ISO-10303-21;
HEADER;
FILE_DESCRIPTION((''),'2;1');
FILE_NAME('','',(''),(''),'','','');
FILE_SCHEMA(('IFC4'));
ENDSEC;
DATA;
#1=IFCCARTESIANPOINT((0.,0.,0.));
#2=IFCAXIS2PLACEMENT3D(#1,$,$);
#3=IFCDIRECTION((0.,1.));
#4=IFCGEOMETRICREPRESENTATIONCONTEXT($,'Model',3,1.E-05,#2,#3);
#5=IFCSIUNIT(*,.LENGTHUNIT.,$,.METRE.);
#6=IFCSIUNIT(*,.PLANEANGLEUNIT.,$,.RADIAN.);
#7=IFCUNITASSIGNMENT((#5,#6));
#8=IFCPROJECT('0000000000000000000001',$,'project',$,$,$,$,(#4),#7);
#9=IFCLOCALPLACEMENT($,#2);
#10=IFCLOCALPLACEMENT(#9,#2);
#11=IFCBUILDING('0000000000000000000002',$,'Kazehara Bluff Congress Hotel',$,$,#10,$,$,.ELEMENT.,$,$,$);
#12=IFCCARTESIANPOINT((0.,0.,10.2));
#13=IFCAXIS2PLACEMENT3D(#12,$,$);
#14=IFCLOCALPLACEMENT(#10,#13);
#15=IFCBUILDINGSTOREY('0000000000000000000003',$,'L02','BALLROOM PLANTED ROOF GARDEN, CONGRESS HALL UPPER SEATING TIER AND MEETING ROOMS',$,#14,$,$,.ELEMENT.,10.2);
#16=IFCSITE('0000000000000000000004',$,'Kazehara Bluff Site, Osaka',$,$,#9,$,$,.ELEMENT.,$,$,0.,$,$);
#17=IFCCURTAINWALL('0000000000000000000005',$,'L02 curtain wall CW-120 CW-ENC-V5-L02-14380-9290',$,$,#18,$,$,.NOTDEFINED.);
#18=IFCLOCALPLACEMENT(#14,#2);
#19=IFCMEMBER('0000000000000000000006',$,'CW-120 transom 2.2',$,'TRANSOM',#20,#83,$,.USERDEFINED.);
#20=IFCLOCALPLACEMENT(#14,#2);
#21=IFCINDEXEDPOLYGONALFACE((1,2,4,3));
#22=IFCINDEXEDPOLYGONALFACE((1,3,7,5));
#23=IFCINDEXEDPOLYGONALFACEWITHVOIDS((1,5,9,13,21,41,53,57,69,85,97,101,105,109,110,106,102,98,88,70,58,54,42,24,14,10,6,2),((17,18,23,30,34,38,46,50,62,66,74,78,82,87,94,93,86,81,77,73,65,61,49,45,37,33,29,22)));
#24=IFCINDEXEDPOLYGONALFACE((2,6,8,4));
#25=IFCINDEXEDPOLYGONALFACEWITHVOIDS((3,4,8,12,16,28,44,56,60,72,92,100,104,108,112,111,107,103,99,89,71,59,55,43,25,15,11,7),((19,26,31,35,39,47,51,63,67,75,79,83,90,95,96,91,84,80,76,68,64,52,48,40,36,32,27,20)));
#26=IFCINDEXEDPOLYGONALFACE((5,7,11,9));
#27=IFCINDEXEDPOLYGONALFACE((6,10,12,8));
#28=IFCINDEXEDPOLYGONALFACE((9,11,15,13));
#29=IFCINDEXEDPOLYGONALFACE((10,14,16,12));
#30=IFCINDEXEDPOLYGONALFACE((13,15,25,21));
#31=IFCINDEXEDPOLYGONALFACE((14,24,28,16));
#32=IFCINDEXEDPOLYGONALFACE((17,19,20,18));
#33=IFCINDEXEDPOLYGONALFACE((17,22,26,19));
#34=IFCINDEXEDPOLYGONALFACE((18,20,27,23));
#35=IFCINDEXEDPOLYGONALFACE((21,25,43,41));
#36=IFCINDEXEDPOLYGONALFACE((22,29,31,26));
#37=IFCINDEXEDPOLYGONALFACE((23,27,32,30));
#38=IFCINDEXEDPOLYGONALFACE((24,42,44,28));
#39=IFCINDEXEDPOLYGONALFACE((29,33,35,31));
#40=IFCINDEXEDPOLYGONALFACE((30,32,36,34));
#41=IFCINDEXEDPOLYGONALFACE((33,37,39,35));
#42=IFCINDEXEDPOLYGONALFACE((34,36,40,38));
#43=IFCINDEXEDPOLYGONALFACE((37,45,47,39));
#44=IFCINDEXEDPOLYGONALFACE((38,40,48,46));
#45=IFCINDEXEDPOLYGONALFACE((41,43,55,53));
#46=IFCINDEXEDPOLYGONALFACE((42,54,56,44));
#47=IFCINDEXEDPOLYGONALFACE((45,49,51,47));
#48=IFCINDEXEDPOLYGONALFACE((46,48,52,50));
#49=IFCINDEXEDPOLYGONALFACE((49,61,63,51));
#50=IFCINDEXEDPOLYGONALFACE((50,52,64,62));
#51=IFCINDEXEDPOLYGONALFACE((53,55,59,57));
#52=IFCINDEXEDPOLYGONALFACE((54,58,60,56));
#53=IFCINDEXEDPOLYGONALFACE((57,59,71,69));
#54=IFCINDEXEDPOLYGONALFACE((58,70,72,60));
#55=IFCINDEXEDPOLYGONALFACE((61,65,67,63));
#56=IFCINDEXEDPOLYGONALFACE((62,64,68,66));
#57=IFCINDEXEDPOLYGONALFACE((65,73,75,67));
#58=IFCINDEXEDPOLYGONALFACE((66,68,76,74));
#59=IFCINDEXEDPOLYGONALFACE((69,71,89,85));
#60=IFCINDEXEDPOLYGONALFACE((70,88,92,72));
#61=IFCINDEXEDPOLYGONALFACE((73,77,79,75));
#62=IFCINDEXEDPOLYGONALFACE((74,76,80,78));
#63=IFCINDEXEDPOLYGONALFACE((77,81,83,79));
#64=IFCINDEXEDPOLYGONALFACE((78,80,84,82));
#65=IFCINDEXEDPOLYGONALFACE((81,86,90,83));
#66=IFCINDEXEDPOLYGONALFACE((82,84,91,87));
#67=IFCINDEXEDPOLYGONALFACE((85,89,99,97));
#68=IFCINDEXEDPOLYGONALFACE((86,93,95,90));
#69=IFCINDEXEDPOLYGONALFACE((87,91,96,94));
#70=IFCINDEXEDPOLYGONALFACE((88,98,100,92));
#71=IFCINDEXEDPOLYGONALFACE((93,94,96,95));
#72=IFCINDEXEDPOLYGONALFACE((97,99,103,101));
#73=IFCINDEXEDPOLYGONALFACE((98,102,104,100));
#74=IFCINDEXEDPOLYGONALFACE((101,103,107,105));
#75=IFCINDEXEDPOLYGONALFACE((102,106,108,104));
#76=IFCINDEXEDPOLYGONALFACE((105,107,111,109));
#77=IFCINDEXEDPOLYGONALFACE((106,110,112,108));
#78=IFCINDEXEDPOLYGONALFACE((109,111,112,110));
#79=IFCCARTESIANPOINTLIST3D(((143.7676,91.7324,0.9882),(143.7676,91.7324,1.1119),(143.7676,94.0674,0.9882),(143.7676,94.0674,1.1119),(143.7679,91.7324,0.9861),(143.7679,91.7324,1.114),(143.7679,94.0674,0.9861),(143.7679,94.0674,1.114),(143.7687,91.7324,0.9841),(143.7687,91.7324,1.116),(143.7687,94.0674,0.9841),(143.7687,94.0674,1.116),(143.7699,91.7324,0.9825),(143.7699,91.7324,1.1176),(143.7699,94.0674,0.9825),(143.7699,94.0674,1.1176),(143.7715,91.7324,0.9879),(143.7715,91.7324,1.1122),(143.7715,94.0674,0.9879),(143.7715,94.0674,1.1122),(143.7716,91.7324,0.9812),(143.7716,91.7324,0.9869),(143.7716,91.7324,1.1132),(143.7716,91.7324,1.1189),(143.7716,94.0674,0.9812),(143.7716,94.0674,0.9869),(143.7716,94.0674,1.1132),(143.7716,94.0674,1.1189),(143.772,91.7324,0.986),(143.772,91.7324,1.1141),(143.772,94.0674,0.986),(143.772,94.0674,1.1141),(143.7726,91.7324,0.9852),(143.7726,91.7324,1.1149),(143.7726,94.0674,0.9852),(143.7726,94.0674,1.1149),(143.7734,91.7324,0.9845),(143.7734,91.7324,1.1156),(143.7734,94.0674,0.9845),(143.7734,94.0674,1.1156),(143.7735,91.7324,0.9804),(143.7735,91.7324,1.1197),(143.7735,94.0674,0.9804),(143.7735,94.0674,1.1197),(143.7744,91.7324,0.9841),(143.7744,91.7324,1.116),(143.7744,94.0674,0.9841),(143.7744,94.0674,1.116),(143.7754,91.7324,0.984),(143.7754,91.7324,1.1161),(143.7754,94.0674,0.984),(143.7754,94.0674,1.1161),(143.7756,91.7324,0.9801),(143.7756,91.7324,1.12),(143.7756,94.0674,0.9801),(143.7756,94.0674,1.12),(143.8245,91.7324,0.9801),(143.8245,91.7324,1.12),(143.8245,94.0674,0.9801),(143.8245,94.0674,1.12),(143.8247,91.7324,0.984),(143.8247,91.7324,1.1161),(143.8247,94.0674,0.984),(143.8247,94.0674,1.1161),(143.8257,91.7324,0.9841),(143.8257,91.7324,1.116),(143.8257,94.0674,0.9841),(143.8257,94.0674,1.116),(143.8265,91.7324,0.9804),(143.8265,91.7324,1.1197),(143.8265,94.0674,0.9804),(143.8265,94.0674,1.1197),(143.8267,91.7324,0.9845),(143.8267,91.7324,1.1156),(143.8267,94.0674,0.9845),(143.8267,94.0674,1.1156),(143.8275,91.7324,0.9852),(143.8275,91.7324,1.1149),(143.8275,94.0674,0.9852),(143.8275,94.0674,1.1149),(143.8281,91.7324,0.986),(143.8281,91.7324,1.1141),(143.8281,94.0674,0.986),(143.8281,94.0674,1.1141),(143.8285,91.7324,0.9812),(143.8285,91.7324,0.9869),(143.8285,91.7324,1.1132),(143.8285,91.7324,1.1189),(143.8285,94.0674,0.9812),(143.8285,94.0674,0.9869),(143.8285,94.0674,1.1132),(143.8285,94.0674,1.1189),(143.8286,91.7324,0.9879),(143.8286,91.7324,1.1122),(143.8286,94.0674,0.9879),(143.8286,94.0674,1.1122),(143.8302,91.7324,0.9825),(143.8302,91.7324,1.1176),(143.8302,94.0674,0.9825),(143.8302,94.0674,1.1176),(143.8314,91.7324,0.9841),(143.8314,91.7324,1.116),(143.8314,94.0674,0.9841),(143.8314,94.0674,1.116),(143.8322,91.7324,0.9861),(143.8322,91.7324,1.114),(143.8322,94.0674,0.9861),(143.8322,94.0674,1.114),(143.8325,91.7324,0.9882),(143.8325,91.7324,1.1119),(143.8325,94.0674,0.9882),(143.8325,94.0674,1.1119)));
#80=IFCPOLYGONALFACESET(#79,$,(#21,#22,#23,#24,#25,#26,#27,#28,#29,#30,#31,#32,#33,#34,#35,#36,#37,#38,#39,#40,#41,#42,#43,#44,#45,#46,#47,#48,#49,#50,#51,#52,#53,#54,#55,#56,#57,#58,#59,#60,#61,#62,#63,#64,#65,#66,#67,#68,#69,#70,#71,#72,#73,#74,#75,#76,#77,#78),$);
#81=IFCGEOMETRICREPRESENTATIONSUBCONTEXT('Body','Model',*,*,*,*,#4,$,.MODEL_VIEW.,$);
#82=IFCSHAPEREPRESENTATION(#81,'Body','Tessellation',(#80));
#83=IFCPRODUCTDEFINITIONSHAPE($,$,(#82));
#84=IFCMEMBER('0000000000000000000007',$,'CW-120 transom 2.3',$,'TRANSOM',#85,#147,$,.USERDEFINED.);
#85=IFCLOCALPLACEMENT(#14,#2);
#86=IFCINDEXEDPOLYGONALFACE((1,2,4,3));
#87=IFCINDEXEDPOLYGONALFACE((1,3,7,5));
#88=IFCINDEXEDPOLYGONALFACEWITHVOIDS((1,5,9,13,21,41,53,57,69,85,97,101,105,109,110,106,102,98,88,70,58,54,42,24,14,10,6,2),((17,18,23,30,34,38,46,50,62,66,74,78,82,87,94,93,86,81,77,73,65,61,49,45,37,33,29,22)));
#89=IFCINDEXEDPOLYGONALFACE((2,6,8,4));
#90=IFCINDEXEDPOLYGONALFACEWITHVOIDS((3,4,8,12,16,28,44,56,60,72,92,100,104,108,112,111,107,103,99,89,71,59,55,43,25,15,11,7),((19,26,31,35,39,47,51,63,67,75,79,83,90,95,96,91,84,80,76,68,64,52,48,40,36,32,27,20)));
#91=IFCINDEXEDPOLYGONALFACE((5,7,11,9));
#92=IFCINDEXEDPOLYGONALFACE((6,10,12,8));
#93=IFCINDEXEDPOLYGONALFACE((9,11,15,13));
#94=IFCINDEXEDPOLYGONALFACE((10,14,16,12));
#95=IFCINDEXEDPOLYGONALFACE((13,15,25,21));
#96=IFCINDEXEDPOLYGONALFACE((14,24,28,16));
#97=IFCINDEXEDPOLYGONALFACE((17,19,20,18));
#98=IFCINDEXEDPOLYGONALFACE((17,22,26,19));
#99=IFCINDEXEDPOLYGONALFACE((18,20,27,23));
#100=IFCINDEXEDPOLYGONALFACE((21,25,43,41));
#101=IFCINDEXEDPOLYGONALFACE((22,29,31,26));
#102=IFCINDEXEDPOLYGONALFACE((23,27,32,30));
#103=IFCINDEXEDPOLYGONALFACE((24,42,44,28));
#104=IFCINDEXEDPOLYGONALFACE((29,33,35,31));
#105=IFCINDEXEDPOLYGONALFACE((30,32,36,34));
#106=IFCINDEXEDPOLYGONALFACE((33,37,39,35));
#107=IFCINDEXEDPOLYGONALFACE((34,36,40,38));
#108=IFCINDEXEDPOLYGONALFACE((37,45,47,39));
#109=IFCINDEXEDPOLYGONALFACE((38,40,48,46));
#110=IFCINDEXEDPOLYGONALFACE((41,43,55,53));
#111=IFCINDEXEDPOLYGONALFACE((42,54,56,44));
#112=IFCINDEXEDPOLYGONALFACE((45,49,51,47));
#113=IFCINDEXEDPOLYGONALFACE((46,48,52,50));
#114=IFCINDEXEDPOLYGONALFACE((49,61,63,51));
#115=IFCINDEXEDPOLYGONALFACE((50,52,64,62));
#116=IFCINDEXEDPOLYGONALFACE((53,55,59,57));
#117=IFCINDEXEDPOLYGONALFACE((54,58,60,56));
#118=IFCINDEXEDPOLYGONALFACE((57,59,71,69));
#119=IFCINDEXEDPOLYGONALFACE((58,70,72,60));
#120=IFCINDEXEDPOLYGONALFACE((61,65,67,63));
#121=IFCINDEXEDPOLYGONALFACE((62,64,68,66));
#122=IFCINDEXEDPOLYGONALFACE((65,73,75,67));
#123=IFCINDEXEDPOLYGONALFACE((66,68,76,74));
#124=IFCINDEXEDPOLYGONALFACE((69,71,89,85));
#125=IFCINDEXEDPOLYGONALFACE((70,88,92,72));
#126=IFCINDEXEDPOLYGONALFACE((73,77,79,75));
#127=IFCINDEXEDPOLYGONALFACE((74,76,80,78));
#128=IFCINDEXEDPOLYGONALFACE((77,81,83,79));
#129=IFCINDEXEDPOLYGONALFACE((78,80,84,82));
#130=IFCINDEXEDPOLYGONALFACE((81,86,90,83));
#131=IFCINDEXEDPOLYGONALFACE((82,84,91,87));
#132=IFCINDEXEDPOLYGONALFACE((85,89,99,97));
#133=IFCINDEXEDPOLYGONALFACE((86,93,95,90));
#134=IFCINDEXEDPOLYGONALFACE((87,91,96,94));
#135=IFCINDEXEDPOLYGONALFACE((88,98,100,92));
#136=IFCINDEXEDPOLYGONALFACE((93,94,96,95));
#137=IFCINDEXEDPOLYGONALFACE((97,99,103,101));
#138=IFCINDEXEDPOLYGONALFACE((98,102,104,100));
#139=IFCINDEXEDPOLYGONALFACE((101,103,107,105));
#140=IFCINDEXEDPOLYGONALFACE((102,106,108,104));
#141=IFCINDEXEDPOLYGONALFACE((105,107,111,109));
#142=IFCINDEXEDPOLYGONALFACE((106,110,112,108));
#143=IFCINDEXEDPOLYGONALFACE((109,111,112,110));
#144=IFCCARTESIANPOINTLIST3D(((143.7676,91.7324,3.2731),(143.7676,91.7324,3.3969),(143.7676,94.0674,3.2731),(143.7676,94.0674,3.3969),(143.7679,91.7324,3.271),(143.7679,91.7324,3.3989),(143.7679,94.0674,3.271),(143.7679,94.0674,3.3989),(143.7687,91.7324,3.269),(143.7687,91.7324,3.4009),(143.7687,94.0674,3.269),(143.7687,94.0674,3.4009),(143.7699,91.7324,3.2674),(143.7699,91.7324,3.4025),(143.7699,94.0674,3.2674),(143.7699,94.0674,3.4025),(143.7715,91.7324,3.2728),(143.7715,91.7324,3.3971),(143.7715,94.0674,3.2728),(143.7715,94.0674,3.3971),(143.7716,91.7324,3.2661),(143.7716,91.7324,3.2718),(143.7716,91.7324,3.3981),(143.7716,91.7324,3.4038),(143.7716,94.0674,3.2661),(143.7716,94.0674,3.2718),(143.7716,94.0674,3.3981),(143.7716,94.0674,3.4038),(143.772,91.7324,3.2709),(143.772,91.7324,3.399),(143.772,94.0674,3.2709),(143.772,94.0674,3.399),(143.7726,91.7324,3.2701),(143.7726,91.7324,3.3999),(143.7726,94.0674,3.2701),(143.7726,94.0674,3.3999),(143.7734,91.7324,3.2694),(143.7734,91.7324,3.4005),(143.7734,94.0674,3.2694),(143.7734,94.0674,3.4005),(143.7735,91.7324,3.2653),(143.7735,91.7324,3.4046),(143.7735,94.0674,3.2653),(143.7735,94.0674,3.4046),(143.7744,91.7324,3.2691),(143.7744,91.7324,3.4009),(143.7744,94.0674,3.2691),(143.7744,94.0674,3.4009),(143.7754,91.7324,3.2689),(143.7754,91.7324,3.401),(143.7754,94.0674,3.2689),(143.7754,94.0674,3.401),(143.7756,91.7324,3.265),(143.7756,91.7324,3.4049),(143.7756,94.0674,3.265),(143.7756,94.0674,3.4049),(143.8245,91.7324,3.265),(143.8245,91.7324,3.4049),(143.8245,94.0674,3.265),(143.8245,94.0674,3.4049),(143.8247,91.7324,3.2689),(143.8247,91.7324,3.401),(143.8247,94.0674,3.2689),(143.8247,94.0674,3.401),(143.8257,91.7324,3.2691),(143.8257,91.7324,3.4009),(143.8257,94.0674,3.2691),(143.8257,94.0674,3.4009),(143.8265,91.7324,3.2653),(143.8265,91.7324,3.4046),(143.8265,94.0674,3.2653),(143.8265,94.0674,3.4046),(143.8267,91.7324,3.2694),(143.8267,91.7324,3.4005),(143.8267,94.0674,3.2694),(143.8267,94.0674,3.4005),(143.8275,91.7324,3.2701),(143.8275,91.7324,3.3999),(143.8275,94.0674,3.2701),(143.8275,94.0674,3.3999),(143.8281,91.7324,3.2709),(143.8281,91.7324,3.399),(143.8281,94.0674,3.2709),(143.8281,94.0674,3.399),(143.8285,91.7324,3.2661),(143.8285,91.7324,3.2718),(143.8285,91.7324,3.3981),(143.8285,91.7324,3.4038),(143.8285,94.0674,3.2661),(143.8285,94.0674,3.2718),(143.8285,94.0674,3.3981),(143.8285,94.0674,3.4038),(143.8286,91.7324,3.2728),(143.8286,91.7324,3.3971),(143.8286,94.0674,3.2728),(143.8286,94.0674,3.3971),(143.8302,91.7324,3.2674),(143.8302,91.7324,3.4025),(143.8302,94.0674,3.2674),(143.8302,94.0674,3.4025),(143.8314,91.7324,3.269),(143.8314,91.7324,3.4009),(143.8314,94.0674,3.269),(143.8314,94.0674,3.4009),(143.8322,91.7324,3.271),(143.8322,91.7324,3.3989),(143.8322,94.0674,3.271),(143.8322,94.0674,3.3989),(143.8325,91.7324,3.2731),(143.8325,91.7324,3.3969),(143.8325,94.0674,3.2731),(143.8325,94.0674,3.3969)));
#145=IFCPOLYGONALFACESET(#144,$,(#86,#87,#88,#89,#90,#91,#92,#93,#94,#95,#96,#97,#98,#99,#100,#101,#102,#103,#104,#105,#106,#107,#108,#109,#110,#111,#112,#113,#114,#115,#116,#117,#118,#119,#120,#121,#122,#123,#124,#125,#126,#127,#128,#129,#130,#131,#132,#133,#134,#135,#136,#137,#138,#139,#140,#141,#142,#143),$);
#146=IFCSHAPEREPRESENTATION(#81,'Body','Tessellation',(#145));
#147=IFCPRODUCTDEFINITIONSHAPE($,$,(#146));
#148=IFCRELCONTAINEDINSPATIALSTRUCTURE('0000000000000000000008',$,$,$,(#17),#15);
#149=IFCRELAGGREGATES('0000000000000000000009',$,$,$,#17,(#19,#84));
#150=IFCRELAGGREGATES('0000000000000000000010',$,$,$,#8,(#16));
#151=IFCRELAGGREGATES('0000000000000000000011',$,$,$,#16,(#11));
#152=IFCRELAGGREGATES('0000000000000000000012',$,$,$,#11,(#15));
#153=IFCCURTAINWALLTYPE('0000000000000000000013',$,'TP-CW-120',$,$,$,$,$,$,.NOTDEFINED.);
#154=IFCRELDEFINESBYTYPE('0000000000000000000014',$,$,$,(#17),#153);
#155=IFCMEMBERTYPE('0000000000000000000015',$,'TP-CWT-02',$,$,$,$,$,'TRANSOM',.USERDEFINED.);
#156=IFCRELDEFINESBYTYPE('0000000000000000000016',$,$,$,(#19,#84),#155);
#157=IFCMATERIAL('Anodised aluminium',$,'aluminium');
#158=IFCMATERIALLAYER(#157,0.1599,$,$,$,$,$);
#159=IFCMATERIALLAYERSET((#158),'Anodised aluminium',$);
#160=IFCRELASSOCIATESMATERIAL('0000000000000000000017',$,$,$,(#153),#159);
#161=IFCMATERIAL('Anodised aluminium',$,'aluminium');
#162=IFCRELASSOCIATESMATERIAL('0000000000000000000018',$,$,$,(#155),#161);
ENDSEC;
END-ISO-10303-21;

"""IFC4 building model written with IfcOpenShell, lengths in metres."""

from ifc_helpers import new_model, si_unit, direction, frame, origin, origin_2d, place, context, subcontext, project, spatial, hollow_rectangle, extrude, material, layer, layer_set, material_profile, profile_set, type_object, element, aggregate, save


model = new_model("IFC4")

# Units and contexts
model_context = context("Model", 3, precision=1e-05, world=origin(), true_north=direction((0.0, 1.0)))
body_context = subcontext(model_context, "Body", "Model", "MODEL_VIEW")
ifc_project = project(units=[si_unit("LENGTHUNIT", "METRE"), si_unit("PLANEANGLEUNIT", "RADIAN")], contexts=[model_context])

# Site, building, storey
site_placement = place(None, origin())
site = spatial("IfcSite", under=ifc_project, at=site_placement, Name="Kazehara Bluff Site, Osaka", CompositionType="ELEMENT", RefElevation=0.0)
building_placement = place(site_placement, origin())
building = spatial("IfcBuilding", under=site, at=building_placement, Name="Kazehara Bluff Congress Hotel", CompositionType="ELEMENT")
storey_placement = place(building_placement, frame((0.0, 0.0, 10.2)))
storey = spatial("IfcBuildingStorey", under=building, at=storey_placement, Name="L02", Description="BALLROOM PLANTED ROOF GARDEN, CONGRESS HALL UPPER SEATING TIER AND MEETING ROOMS", CompositionType="ELEMENT", Elevation=10.2)

# Curtain wall
ifc_material_1 = material(Name="Anodised aluminium", Category="aluminium")
ifc_layer_1 = layer(ifc_material_1, 0.1599)
ifc_layer_set_1 = layer_set([ifc_layer_1], Name="Anodised aluminium")
curtain_wall_type_1 = type_object("IfcCurtainWallType", Name="TP-CW-120", PredefinedType="NOTDEFINED", material=ifc_layer_set_1)
curtain_wall_1_placement = place(storey_placement, origin())
curtain_wall_1 = element("IfcCurtainWall", 1, at=curtain_wall_1_placement, inside=storey, type_object=curtain_wall_type_1, Name="L02 curtain wall CW-120 CW-ENC-V5-L02-14380-9290", PredefinedType="NOTDEFINED")

# Members
ifc_material_2 = material(Name="Anodised aluminium", Category="aluminium")
ifc_material_profile_1 = material_profile(ifc_material_2, hollow_rectangle(XDim=0.0649, YDim=0.1399, WallThickness=0.0039, InnerFilletRadius=0.0039, OuterFilletRadius=0.0081, at=origin_2d()))
ifc_profile_set_1 = profile_set([ifc_material_profile_1], Name="Anodised aluminium")
member_type_1 = type_object("IfcMemberType", Name="TP-CWT-02", ElementType="TRANSOM", PredefinedType="USERDEFINED", material=ifc_profile_set_1)
member_1_placement = place(storey_placement, frame((143.8, 91.7324, 1.05), z_axis=(0.0, 1.0, 0.0), x_axis=(-1.0, 0.0, 0.0)))
member_1 = element("IfcMember", 2, at=member_1_placement, type_object=member_type_1, Name="CW-120 transom 2.2", ObjectType="TRANSOM", PredefinedType="USERDEFINED", context=body_context, shape_type="SweptSolid", body=[
    extrude(hollow_rectangle(XDim=0.0649, YDim=0.1399, WallThickness=0.0039, InnerFilletRadius=0.0039, OuterFilletRadius=0.0081, at=origin_2d()), origin(), (0.0, 0.0, 1.0), 2.335),
])
member_2_placement = place(storey_placement, frame((143.8, 91.7324, 3.335), z_axis=(0.0, 1.0, 0.0), x_axis=(-1.0, 0.0, 0.0)))
member_2 = element("IfcMember", 3, at=member_2_placement, type_object=member_type_1, Name="CW-120 transom 2.3", ObjectType="TRANSOM", PredefinedType="USERDEFINED", context=body_context, shape_type="SweptSolid", body=[
    extrude(hollow_rectangle(XDim=0.0649, YDim=0.1399, WallThickness=0.0039, InnerFilletRadius=0.0039, OuterFilletRadius=0.0081, at=origin_2d()), origin(), (0.0, 0.0, 1.0), 2.335),
])

aggregate(curtain_wall_1, [member_1, member_2])

save(model, "model.ifc")
